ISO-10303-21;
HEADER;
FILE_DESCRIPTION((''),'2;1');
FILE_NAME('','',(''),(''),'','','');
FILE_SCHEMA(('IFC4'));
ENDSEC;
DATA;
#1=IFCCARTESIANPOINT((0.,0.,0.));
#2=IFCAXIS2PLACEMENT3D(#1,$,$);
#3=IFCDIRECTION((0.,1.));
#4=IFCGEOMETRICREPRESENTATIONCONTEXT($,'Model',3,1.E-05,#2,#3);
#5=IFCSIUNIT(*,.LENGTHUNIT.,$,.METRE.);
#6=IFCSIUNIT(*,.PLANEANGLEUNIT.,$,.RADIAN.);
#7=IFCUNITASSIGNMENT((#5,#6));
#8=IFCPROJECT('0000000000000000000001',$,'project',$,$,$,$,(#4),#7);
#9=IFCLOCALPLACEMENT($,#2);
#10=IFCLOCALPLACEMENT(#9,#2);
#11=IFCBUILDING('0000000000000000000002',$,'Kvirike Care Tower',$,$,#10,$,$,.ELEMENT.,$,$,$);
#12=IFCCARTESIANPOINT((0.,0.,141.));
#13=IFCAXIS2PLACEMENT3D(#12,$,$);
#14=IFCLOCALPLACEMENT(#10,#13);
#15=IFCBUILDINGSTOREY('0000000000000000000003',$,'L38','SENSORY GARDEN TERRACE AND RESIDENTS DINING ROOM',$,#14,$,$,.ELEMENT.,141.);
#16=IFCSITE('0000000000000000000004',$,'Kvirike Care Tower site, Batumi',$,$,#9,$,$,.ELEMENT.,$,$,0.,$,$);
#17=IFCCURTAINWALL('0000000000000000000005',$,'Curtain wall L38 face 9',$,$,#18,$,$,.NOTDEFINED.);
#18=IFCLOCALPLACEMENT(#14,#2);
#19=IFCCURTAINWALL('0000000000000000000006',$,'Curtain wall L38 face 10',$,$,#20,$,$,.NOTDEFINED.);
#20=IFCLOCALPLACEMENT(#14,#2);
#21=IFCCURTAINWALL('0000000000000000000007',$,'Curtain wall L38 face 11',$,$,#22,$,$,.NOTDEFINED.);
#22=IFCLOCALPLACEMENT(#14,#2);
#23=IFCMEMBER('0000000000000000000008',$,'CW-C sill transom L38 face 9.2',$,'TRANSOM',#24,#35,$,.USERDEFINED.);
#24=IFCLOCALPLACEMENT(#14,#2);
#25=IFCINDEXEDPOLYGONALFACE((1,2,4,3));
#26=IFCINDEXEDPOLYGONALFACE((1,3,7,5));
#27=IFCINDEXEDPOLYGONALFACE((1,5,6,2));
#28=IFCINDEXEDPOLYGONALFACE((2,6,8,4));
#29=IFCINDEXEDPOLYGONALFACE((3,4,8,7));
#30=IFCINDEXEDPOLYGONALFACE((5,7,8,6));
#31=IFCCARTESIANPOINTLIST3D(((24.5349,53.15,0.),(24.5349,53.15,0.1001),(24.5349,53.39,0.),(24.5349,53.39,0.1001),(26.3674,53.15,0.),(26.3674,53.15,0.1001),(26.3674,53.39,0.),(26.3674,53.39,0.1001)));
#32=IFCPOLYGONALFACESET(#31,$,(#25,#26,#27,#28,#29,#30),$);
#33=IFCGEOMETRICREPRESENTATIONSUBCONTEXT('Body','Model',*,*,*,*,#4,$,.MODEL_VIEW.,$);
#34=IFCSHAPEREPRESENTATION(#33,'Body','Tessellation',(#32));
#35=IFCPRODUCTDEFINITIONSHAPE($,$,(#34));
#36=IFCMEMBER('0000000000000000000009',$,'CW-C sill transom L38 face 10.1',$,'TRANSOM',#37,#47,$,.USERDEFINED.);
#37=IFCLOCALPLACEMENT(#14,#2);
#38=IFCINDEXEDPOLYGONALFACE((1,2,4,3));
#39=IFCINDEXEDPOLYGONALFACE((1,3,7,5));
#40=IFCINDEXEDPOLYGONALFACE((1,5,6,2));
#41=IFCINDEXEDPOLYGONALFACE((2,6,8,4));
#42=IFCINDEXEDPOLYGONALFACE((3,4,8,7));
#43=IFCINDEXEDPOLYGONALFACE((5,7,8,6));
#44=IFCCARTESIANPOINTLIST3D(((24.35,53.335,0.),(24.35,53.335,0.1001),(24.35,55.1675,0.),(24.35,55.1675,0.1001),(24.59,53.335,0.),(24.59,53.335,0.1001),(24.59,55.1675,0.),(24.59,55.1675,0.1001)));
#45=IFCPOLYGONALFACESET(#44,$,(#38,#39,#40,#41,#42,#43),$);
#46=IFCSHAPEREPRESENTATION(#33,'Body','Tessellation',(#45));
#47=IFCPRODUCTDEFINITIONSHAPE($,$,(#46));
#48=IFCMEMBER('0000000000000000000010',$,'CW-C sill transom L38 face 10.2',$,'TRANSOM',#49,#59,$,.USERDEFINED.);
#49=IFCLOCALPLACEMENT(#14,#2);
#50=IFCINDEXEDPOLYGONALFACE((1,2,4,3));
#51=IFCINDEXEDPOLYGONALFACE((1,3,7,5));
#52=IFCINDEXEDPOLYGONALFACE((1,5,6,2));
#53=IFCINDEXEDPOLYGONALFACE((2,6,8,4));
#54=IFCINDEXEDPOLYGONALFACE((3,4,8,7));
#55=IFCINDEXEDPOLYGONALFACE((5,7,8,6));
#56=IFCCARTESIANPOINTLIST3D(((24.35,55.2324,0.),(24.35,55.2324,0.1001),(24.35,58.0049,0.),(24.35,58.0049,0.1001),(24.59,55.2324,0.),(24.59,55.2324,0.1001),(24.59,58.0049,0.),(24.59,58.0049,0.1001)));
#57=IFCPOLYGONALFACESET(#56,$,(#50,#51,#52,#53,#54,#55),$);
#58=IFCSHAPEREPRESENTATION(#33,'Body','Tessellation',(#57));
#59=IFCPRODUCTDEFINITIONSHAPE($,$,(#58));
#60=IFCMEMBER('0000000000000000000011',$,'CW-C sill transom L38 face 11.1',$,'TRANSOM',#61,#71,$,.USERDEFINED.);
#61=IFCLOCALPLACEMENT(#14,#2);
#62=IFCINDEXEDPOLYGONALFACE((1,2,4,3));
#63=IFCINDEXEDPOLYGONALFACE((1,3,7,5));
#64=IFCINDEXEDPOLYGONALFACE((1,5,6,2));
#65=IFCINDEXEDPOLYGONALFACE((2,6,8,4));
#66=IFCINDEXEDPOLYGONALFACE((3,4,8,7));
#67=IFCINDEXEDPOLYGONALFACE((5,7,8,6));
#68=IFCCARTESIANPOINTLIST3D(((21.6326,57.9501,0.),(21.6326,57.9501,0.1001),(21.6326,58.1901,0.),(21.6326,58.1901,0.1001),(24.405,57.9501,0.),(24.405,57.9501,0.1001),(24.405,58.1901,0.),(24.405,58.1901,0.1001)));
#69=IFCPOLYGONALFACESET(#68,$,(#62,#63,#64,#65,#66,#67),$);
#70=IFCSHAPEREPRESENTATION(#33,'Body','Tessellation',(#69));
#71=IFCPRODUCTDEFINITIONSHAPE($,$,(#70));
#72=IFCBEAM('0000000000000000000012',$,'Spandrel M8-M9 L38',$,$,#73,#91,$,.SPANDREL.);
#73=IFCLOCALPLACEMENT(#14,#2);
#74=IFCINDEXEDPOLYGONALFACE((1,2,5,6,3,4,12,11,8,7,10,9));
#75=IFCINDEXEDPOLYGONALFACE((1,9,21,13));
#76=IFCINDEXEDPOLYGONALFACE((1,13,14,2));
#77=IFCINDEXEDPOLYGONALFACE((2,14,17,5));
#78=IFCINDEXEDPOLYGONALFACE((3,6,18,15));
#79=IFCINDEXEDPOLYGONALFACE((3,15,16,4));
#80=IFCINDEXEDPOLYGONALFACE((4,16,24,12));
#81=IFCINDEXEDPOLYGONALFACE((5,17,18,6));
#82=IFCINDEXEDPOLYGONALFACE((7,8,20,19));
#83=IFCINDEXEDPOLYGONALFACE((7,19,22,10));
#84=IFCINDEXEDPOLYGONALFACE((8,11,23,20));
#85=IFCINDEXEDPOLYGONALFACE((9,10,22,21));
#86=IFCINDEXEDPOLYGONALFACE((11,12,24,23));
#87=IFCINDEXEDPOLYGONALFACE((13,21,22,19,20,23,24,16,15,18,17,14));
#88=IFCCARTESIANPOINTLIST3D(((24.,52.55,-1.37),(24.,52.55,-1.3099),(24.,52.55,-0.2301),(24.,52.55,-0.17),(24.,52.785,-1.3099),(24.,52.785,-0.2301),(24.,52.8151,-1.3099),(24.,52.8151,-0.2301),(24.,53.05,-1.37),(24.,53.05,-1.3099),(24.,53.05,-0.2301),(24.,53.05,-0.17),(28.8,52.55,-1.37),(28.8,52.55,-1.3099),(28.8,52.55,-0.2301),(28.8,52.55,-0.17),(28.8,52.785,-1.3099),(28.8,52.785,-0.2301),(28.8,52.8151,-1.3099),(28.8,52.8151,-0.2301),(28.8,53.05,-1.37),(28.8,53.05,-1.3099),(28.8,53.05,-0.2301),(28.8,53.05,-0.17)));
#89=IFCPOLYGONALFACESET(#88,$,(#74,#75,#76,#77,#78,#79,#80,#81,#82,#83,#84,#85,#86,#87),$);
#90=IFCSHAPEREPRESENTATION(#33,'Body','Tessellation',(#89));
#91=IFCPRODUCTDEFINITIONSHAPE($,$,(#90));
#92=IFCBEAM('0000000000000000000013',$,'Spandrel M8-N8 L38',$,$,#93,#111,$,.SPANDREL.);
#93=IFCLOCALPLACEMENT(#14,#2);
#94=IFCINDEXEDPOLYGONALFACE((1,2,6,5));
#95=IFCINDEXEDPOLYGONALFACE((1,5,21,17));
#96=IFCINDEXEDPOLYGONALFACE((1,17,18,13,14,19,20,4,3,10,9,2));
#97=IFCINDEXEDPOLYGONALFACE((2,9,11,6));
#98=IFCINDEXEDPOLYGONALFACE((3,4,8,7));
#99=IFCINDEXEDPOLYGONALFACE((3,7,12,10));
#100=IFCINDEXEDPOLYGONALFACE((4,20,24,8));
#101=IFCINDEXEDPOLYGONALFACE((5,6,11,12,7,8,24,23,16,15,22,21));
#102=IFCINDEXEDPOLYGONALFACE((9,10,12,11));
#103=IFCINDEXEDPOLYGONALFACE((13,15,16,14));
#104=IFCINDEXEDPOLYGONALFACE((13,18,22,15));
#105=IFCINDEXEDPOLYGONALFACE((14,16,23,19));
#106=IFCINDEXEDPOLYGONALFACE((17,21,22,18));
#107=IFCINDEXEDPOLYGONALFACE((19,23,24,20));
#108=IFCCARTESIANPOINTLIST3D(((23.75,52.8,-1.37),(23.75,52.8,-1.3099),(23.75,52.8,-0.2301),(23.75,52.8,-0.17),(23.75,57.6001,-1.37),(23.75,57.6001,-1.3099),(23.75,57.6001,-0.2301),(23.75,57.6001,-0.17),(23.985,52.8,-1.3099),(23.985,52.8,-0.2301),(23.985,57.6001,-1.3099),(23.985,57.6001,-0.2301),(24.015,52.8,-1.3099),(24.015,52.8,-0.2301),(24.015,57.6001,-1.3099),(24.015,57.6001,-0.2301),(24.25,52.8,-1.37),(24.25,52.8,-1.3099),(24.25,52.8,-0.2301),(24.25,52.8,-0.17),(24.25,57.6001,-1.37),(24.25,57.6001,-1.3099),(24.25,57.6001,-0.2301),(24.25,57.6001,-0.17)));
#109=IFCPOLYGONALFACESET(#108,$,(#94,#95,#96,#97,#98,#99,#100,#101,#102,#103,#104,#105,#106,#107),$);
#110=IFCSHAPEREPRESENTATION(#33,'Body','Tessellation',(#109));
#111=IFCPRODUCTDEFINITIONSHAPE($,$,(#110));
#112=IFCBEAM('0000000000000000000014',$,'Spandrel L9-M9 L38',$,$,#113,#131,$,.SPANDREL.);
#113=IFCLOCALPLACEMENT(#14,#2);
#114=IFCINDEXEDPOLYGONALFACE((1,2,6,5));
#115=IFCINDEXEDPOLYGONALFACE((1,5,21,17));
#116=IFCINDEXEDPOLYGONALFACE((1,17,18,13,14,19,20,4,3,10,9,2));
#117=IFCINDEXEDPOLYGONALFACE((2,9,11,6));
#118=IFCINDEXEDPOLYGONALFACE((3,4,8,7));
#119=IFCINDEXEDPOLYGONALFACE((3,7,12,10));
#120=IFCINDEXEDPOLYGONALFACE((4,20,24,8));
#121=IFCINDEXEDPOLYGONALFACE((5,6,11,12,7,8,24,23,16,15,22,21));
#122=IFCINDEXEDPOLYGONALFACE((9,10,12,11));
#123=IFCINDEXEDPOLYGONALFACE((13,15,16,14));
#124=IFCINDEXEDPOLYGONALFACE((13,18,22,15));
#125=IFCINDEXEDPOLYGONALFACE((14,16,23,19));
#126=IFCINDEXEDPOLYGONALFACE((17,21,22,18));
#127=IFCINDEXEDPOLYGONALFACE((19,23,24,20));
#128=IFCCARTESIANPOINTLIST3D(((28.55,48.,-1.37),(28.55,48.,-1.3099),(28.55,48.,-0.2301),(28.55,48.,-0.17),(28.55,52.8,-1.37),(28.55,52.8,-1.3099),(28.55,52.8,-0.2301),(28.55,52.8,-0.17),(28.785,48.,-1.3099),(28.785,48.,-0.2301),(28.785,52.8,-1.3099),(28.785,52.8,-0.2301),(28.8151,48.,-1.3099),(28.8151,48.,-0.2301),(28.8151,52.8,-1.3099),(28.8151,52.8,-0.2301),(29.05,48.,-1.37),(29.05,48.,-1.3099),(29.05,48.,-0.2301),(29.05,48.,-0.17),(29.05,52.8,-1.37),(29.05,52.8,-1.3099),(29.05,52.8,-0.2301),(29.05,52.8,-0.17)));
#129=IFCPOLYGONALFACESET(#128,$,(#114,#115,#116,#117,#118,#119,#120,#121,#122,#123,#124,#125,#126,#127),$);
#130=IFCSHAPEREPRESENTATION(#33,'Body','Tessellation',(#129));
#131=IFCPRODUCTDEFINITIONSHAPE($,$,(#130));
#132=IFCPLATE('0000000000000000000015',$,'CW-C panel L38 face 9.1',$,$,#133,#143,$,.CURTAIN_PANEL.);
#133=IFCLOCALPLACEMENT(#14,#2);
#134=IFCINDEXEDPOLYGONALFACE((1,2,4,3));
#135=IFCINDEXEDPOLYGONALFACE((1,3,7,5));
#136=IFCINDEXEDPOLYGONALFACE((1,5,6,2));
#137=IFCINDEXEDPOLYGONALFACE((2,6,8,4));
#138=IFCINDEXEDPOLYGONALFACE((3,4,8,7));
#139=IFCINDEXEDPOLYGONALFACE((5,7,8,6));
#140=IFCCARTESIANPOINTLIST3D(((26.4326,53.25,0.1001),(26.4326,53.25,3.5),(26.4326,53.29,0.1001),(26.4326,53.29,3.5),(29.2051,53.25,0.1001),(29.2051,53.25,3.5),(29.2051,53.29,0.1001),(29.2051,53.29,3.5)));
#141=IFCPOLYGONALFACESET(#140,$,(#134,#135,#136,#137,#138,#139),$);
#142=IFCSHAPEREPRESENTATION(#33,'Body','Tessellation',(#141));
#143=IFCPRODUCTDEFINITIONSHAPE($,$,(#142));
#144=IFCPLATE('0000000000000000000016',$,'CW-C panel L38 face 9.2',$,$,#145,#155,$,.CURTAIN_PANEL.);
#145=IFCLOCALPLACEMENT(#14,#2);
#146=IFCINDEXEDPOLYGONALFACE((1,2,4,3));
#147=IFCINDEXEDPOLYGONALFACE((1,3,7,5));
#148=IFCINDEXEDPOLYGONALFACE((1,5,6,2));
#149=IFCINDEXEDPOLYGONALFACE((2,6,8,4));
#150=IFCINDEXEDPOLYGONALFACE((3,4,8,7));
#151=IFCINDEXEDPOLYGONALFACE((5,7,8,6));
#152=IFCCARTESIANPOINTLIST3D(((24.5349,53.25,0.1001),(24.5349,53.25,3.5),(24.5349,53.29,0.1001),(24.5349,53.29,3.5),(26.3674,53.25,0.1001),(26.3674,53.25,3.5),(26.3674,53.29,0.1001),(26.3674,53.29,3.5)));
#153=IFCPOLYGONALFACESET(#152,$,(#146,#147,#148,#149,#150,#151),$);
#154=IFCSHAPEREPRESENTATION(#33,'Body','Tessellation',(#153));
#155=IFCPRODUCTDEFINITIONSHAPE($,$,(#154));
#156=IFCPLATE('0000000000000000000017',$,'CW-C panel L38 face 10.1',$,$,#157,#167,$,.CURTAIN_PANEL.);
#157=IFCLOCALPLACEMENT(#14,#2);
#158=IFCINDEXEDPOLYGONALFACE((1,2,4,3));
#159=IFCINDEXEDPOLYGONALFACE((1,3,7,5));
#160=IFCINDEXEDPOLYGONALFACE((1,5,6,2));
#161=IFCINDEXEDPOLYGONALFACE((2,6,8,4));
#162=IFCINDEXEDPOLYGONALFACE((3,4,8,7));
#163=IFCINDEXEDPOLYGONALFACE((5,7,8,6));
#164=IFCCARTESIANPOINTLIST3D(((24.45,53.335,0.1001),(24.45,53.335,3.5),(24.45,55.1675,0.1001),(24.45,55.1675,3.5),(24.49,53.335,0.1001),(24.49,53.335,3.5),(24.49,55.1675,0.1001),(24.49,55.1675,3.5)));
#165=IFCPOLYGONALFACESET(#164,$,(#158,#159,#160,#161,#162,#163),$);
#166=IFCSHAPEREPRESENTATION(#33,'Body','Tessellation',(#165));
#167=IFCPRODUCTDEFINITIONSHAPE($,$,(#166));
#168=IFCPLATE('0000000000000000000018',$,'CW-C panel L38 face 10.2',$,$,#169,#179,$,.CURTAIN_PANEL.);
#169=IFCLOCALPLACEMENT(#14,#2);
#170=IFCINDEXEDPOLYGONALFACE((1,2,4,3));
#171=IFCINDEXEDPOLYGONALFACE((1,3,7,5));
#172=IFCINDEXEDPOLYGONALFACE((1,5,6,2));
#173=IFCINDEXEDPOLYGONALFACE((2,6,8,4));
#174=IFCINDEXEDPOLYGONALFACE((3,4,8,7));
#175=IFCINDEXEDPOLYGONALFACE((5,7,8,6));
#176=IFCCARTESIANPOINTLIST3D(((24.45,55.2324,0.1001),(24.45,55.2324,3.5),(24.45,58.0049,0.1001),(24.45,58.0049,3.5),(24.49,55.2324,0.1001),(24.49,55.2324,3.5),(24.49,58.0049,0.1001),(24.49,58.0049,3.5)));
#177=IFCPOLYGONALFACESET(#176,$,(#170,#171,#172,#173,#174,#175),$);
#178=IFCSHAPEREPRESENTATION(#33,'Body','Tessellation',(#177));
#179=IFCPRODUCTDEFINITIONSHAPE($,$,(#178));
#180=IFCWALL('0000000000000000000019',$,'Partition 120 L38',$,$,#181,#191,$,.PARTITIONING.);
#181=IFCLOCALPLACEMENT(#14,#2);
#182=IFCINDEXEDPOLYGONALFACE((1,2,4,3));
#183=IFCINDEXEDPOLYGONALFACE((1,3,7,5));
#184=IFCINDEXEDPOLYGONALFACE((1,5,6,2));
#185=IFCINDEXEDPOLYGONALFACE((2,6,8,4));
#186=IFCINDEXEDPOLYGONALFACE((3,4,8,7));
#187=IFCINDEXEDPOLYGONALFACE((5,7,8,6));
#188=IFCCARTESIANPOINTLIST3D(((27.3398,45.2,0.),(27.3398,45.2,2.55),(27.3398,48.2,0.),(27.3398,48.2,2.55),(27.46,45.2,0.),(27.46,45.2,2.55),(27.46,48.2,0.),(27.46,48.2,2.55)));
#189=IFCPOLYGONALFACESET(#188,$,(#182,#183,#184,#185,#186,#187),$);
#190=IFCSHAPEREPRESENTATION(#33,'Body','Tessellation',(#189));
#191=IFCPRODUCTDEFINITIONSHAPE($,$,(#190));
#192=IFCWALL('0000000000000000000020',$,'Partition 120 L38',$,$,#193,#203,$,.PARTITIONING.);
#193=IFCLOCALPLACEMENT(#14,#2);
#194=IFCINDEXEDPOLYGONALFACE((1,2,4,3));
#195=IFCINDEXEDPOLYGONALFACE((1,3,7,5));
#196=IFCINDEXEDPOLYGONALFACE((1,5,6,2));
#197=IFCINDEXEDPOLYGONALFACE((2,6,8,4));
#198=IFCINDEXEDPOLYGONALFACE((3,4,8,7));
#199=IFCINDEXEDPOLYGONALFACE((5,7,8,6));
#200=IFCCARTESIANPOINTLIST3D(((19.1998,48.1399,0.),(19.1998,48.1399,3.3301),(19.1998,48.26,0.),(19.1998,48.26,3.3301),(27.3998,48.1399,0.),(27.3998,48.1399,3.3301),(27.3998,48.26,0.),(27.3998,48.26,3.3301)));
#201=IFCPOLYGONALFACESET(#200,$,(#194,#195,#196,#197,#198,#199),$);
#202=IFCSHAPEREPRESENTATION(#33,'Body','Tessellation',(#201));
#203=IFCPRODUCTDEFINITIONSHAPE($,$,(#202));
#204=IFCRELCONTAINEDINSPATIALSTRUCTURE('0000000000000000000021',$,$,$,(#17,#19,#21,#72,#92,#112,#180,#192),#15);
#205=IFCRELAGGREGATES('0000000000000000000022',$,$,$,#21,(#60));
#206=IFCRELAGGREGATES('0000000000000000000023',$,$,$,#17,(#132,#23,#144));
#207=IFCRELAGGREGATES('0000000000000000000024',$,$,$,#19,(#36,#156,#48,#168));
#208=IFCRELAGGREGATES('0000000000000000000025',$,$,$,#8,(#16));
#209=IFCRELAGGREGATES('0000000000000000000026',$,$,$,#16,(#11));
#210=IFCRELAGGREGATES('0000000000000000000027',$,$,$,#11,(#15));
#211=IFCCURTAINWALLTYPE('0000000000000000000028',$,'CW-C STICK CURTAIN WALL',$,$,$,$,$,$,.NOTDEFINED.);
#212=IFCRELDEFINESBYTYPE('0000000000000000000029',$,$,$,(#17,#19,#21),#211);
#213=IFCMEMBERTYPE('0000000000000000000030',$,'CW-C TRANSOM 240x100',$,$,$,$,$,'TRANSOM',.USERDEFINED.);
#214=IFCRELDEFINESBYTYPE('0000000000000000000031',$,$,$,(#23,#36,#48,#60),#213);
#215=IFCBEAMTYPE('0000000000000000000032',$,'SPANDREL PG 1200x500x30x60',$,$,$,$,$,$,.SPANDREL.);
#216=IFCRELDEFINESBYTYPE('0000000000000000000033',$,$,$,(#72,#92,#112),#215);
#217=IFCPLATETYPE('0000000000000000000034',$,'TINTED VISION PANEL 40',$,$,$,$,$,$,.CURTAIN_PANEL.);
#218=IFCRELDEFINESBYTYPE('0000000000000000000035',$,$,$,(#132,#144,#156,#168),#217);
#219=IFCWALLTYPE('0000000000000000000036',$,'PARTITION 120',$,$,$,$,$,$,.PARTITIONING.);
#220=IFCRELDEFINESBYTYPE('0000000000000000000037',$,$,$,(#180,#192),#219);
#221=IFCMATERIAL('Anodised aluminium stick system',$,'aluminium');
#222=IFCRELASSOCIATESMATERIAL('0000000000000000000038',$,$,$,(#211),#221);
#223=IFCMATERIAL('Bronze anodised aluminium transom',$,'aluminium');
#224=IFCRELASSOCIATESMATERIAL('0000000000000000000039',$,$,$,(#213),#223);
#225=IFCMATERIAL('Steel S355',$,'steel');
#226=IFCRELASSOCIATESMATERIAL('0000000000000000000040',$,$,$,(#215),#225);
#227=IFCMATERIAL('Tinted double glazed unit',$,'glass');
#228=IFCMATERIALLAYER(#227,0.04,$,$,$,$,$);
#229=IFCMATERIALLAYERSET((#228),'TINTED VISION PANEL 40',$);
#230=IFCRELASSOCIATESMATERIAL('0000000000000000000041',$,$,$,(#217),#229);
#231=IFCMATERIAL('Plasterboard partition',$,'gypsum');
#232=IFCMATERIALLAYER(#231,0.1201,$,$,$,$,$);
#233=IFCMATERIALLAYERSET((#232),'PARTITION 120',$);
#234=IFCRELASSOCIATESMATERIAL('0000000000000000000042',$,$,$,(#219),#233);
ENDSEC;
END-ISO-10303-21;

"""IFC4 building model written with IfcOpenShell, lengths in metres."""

from ifc_helpers import new_model, si_unit, direction, frame, frame_2d, origin, origin_2d, place, context, subcontext, project, spatial, rectangle, i_section, extrude, material, layer, layer_set, material_profile, profile_set, type_object, element, aggregate, save


model = new_model("IFC4")

# Units and contexts
model_context = context("Model", 3, precision=1e-05, world=origin(), true_north=direction((0.0, 1.0)))
body_context = subcontext(model_context, "Body", "Model", "MODEL_VIEW")
ifc_project = project(units=[si_unit("LENGTHUNIT", "METRE"), si_unit("PLANEANGLEUNIT", "RADIAN")], contexts=[model_context])

# Site, building, storey
site_placement = place(None, origin())
site = spatial("IfcSite", under=ifc_project, at=site_placement, Name="Kvirike Care Tower site, Batumi", CompositionType="ELEMENT", RefElevation=0.0)
building_placement = place(site_placement, origin())
building = spatial("IfcBuilding", under=site, at=building_placement, Name="Kvirike Care Tower", CompositionType="ELEMENT")
storey_placement = place(building_placement, frame((0.0, 0.0, 141.0)))
storey = spatial("IfcBuildingStorey", under=building, at=storey_placement, Name="L38", Description="SENSORY GARDEN TERRACE AND RESIDENTS DINING ROOM", CompositionType="ELEMENT", Elevation=141.0)

# Curtain walls
ifc_material_1 = material(Name="Anodised aluminium stick system", Category="aluminium")
curtain_wall_type = type_object("IfcCurtainWallType", Name="CW-C STICK CURTAIN WALL", PredefinedType="NOTDEFINED", material=ifc_material_1)
curtain_wall_1_placement = place(storey_placement, origin())
curtain_wall_1 = element("IfcCurtainWall", 1, at=curtain_wall_1_placement, inside=storey, type_object=curtain_wall_type, Name="Curtain wall L38 face 9", PredefinedType="NOTDEFINED")
curtain_wall_2_placement = place(storey_placement, origin())
curtain_wall_2 = element("IfcCurtainWall", 2, at=curtain_wall_2_placement, inside=storey, type_object=curtain_wall_type, Name="Curtain wall L38 face 10", PredefinedType="NOTDEFINED")

# Curtain wall
curtain_wall_3_placement = place(storey_placement, origin())
curtain_wall_3 = element("IfcCurtainWall", 3, at=curtain_wall_3_placement, inside=storey, type_object=curtain_wall_type, Name="Curtain wall L38 face 11", PredefinedType="NOTDEFINED")

# Members
ifc_material_2 = material(Name="Bronze anodised aluminium transom", Category="aluminium")
ifc_material_profile_1 = material_profile(ifc_material_2, rectangle(XDim=0.24, YDim=0.1001, at=origin_2d()), Name="CW-C TRANSOM 240x100")
ifc_profile_set_1 = profile_set([ifc_material_profile_1], Name="Bronze anodised aluminium transom")
member_type_1 = type_object("IfcMemberType", Name="CW-C TRANSOM 240x100", ElementType="TRANSOM", PredefinedType="USERDEFINED", material=ifc_profile_set_1)
member_1_placement = place(storey_placement, frame((26.3674, 53.27, 0.05), z_axis=(-1.0, 0.0, 0.0), x_axis=(0.0, -1.0, 0.0)))
member_1 = element("IfcMember", 4, at=member_1_placement, type_object=member_type_1, Name="CW-C sill transom L38 face 9.2", ObjectType="TRANSOM", PredefinedType="USERDEFINED", context=body_context, shape_type="SweptSolid", body=[
    extrude(rectangle(XDim=0.24, YDim=0.1001, at=origin_2d()), origin(), (0.0, 0.0, 1.0), 1.8325),
])
member_2_placement = place(storey_placement, frame((24.47, 53.335, 0.05), z_axis=(0.0, 1.0, 0.0), x_axis=(-1.0, 0.0, 0.0)))
member_2 = element("IfcMember", 5, at=member_2_placement, type_object=member_type_1, Name="CW-C sill transom L38 face 10.1", ObjectType="TRANSOM", PredefinedType="USERDEFINED", context=body_context, shape_type="SweptSolid", body=[
    extrude(rectangle(XDim=0.24, YDim=0.1001, at=origin_2d()), origin(), (0.0, 0.0, 1.0), 1.8325),
])
member_3_placement = place(storey_placement, frame((24.47, 55.2324, 0.05), z_axis=(0.0, 1.0, 0.0), x_axis=(-1.0, 0.0, 0.0)))
member_3 = element("IfcMember", 6, at=member_3_placement, type_object=member_type_1, Name="CW-C sill transom L38 face 10.2", ObjectType="TRANSOM", PredefinedType="USERDEFINED", context=body_context, shape_type="SweptSolid", body=[
    extrude(rectangle(XDim=0.24, YDim=0.1001, at=origin_2d()), origin(), (0.0, 0.0, 1.0), 2.7725),
])
member_4_placement = place(storey_placement, frame((24.405, 58.0701, 0.05), z_axis=(-1.0, 0.0, 0.0), x_axis=(0.0, -1.0, 0.0)))
member_4 = element("IfcMember", 7, at=member_4_placement, type_object=member_type_1, Name="CW-C sill transom L38 face 11.1", ObjectType="TRANSOM", PredefinedType="USERDEFINED", context=body_context, shape_type="SweptSolid", body=[
    extrude(rectangle(XDim=0.24, YDim=0.1001, at=origin_2d()), origin(), (0.0, 0.0, 1.0), 2.7725),
])
aggregate(curtain_wall_3, [member_4])

# Beams
ifc_material_3 = material(Name="Steel S355", Category="steel")
ifc_material_profile_2 = material_profile(ifc_material_3, i_section(OverallWidth=0.5, OverallDepth=1.2, WebThickness=0.03, FlangeThickness=0.0601, at=origin_2d()), Name="PG 1200x500x30x60")
ifc_profile_set_2 = profile_set([ifc_material_profile_2], Name="Steel S355")
beam_type = type_object("IfcBeamType", Name="SPANDREL PG 1200x500x30x60", PredefinedType="SPANDREL", material=ifc_profile_set_2)
for number, where, z_axis, x_axis, name in (
    (8, (24.0, 52.8, -0.77), (1.0, 0.0, 0.0), (0.0, 1.0, 0.0), "Spandrel M8-M9 L38"),
    (9, (24.0, 52.8, -0.77), (0.0, 1.0, 0.0), (-1.0, 0.0, 0.0), "Spandrel M8-N8 L38"),
    (10, (28.8, 48.0, -0.77), (0.0, 1.0, 0.0), (-1.0, 0.0, 0.0), "Spandrel L9-M9 L38"),
):
    element("IfcBeam", number, at=place(storey_placement, frame(where, z_axis=z_axis, x_axis=x_axis)), inside=storey, type_object=beam_type, Name=name, PredefinedType="SPANDREL", context=body_context, shape_type="SweptSolid", body=[
        extrude(i_section(OverallWidth=0.5, OverallDepth=1.2, WebThickness=0.03, FlangeThickness=0.0601, at=origin_2d()), origin(), (0.0, 0.0, 1.0), 4.8),
    ])

# Plates
ifc_material_4 = material(Name="Tinted double glazed unit", Category="glass")
ifc_layer_1 = layer(ifc_material_4, 0.04)
ifc_layer_set_1 = layer_set([ifc_layer_1], Name="TINTED VISION PANEL 40")
plate_type = type_object("IfcPlateType", Name="TINTED VISION PANEL 40", PredefinedType="CURTAIN_PANEL", material=ifc_layer_set_1)
plate_1_placement = place(storey_placement, frame((27.8188, 53.27, 0.1001), z_axis=(0.0, 0.0, 1.0), x_axis=(-1.0, 0.0, 0.0)))
plate_1 = element("IfcPlate", 11, at=plate_1_placement, type_object=plate_type, Name="CW-C panel L38 face 9.1", PredefinedType="CURTAIN_PANEL", context=body_context, shape_type="SweptSolid", body=[
    extrude(rectangle(XDim=2.7725, YDim=0.04, at=origin_2d()), origin(), (0.0, 0.0, 1.0), 3.3999),
])
plate_2_placement = place(storey_placement, frame((25.4512, 53.27, 0.1001), z_axis=(0.0, 0.0, 1.0), x_axis=(-1.0, 0.0, 0.0)))
plate_2 = element("IfcPlate", 12, at=plate_2_placement, type_object=plate_type, Name="CW-C panel L38 face 9.2", PredefinedType="CURTAIN_PANEL", context=body_context, shape_type="SweptSolid", body=[
    extrude(rectangle(XDim=1.8325, YDim=0.04, at=origin_2d()), origin(), (0.0, 0.0, 1.0), 3.3999),
])
aggregate(curtain_wall_1, [plate_1, member_1, plate_2])
plate_3_placement = place(storey_placement, frame((24.47, 54.2512, 0.1001), z_axis=(0.0, 0.0, 1.0), x_axis=(0.0, 1.0, 0.0)))
plate_3 = element("IfcPlate", 13, at=plate_3_placement, type_object=plate_type, Name="CW-C panel L38 face 10.1", PredefinedType="CURTAIN_PANEL", context=body_context, shape_type="SweptSolid", body=[
    extrude(rectangle(XDim=1.8325, YDim=0.04, at=origin_2d()), origin(), (0.0, 0.0, 1.0), 3.3999),
])
plate_4_placement = place(storey_placement, frame((24.47, 56.6187, 0.1001), z_axis=(0.0, 0.0, 1.0), x_axis=(0.0, 1.0, 0.0)))
plate_4 = element("IfcPlate", 14, at=plate_4_placement, type_object=plate_type, Name="CW-C panel L38 face 10.2", PredefinedType="CURTAIN_PANEL", context=body_context, shape_type="SweptSolid", body=[
    extrude(rectangle(XDim=2.7725, YDim=0.04, at=origin_2d()), origin(), (0.0, 0.0, 1.0), 3.3999),
])
aggregate(curtain_wall_2, [member_2, plate_3, member_3, plate_4])

# Walls
ifc_material_5 = material(Name="Plasterboard partition", Category="gypsum")
ifc_layer_2 = layer(ifc_material_5, 0.1201)
ifc_layer_set_2 = layer_set([ifc_layer_2], Name="PARTITION 120")
wall_type = type_object("IfcWallType", Name="PARTITION 120", PredefinedType="PARTITIONING", material=ifc_layer_set_2)
wall_1_placement = place(storey_placement, frame((27.3999, 48.2, 0.0), z_axis=(0.0, 0.0, 1.0), x_axis=(0.0, -1.0, 0.0)))
element("IfcWall", 15, at=wall_1_placement, inside=storey, type_object=wall_type, Name="Partition 120 L38", PredefinedType="PARTITIONING", context=body_context, shape_type="SweptSolid", body=[
    extrude(rectangle(XDim=3.0, YDim=0.1201, at=frame_2d((1.5, 0.0))), origin(), (0.0, 0.0, 1.0), 2.55),
])
wall_2_placement = place(storey_placement, frame((27.3999, 48.2, 0.0), z_axis=(0.0, 0.0, 1.0), x_axis=(-1.0, 0.0, 0.0)))
element("IfcWall", 16, at=wall_2_placement, inside=storey, type_object=wall_type, Name="Partition 120 L38", PredefinedType="PARTITIONING", context=body_context, shape_type="SweptSolid", body=[
    extrude(rectangle(XDim=8.2, YDim=0.1201, at=frame_2d((4.1001, 0.0))), origin(), (0.0, 0.0, 1.0), 3.3301),
])

save(model, "model.ifc")
